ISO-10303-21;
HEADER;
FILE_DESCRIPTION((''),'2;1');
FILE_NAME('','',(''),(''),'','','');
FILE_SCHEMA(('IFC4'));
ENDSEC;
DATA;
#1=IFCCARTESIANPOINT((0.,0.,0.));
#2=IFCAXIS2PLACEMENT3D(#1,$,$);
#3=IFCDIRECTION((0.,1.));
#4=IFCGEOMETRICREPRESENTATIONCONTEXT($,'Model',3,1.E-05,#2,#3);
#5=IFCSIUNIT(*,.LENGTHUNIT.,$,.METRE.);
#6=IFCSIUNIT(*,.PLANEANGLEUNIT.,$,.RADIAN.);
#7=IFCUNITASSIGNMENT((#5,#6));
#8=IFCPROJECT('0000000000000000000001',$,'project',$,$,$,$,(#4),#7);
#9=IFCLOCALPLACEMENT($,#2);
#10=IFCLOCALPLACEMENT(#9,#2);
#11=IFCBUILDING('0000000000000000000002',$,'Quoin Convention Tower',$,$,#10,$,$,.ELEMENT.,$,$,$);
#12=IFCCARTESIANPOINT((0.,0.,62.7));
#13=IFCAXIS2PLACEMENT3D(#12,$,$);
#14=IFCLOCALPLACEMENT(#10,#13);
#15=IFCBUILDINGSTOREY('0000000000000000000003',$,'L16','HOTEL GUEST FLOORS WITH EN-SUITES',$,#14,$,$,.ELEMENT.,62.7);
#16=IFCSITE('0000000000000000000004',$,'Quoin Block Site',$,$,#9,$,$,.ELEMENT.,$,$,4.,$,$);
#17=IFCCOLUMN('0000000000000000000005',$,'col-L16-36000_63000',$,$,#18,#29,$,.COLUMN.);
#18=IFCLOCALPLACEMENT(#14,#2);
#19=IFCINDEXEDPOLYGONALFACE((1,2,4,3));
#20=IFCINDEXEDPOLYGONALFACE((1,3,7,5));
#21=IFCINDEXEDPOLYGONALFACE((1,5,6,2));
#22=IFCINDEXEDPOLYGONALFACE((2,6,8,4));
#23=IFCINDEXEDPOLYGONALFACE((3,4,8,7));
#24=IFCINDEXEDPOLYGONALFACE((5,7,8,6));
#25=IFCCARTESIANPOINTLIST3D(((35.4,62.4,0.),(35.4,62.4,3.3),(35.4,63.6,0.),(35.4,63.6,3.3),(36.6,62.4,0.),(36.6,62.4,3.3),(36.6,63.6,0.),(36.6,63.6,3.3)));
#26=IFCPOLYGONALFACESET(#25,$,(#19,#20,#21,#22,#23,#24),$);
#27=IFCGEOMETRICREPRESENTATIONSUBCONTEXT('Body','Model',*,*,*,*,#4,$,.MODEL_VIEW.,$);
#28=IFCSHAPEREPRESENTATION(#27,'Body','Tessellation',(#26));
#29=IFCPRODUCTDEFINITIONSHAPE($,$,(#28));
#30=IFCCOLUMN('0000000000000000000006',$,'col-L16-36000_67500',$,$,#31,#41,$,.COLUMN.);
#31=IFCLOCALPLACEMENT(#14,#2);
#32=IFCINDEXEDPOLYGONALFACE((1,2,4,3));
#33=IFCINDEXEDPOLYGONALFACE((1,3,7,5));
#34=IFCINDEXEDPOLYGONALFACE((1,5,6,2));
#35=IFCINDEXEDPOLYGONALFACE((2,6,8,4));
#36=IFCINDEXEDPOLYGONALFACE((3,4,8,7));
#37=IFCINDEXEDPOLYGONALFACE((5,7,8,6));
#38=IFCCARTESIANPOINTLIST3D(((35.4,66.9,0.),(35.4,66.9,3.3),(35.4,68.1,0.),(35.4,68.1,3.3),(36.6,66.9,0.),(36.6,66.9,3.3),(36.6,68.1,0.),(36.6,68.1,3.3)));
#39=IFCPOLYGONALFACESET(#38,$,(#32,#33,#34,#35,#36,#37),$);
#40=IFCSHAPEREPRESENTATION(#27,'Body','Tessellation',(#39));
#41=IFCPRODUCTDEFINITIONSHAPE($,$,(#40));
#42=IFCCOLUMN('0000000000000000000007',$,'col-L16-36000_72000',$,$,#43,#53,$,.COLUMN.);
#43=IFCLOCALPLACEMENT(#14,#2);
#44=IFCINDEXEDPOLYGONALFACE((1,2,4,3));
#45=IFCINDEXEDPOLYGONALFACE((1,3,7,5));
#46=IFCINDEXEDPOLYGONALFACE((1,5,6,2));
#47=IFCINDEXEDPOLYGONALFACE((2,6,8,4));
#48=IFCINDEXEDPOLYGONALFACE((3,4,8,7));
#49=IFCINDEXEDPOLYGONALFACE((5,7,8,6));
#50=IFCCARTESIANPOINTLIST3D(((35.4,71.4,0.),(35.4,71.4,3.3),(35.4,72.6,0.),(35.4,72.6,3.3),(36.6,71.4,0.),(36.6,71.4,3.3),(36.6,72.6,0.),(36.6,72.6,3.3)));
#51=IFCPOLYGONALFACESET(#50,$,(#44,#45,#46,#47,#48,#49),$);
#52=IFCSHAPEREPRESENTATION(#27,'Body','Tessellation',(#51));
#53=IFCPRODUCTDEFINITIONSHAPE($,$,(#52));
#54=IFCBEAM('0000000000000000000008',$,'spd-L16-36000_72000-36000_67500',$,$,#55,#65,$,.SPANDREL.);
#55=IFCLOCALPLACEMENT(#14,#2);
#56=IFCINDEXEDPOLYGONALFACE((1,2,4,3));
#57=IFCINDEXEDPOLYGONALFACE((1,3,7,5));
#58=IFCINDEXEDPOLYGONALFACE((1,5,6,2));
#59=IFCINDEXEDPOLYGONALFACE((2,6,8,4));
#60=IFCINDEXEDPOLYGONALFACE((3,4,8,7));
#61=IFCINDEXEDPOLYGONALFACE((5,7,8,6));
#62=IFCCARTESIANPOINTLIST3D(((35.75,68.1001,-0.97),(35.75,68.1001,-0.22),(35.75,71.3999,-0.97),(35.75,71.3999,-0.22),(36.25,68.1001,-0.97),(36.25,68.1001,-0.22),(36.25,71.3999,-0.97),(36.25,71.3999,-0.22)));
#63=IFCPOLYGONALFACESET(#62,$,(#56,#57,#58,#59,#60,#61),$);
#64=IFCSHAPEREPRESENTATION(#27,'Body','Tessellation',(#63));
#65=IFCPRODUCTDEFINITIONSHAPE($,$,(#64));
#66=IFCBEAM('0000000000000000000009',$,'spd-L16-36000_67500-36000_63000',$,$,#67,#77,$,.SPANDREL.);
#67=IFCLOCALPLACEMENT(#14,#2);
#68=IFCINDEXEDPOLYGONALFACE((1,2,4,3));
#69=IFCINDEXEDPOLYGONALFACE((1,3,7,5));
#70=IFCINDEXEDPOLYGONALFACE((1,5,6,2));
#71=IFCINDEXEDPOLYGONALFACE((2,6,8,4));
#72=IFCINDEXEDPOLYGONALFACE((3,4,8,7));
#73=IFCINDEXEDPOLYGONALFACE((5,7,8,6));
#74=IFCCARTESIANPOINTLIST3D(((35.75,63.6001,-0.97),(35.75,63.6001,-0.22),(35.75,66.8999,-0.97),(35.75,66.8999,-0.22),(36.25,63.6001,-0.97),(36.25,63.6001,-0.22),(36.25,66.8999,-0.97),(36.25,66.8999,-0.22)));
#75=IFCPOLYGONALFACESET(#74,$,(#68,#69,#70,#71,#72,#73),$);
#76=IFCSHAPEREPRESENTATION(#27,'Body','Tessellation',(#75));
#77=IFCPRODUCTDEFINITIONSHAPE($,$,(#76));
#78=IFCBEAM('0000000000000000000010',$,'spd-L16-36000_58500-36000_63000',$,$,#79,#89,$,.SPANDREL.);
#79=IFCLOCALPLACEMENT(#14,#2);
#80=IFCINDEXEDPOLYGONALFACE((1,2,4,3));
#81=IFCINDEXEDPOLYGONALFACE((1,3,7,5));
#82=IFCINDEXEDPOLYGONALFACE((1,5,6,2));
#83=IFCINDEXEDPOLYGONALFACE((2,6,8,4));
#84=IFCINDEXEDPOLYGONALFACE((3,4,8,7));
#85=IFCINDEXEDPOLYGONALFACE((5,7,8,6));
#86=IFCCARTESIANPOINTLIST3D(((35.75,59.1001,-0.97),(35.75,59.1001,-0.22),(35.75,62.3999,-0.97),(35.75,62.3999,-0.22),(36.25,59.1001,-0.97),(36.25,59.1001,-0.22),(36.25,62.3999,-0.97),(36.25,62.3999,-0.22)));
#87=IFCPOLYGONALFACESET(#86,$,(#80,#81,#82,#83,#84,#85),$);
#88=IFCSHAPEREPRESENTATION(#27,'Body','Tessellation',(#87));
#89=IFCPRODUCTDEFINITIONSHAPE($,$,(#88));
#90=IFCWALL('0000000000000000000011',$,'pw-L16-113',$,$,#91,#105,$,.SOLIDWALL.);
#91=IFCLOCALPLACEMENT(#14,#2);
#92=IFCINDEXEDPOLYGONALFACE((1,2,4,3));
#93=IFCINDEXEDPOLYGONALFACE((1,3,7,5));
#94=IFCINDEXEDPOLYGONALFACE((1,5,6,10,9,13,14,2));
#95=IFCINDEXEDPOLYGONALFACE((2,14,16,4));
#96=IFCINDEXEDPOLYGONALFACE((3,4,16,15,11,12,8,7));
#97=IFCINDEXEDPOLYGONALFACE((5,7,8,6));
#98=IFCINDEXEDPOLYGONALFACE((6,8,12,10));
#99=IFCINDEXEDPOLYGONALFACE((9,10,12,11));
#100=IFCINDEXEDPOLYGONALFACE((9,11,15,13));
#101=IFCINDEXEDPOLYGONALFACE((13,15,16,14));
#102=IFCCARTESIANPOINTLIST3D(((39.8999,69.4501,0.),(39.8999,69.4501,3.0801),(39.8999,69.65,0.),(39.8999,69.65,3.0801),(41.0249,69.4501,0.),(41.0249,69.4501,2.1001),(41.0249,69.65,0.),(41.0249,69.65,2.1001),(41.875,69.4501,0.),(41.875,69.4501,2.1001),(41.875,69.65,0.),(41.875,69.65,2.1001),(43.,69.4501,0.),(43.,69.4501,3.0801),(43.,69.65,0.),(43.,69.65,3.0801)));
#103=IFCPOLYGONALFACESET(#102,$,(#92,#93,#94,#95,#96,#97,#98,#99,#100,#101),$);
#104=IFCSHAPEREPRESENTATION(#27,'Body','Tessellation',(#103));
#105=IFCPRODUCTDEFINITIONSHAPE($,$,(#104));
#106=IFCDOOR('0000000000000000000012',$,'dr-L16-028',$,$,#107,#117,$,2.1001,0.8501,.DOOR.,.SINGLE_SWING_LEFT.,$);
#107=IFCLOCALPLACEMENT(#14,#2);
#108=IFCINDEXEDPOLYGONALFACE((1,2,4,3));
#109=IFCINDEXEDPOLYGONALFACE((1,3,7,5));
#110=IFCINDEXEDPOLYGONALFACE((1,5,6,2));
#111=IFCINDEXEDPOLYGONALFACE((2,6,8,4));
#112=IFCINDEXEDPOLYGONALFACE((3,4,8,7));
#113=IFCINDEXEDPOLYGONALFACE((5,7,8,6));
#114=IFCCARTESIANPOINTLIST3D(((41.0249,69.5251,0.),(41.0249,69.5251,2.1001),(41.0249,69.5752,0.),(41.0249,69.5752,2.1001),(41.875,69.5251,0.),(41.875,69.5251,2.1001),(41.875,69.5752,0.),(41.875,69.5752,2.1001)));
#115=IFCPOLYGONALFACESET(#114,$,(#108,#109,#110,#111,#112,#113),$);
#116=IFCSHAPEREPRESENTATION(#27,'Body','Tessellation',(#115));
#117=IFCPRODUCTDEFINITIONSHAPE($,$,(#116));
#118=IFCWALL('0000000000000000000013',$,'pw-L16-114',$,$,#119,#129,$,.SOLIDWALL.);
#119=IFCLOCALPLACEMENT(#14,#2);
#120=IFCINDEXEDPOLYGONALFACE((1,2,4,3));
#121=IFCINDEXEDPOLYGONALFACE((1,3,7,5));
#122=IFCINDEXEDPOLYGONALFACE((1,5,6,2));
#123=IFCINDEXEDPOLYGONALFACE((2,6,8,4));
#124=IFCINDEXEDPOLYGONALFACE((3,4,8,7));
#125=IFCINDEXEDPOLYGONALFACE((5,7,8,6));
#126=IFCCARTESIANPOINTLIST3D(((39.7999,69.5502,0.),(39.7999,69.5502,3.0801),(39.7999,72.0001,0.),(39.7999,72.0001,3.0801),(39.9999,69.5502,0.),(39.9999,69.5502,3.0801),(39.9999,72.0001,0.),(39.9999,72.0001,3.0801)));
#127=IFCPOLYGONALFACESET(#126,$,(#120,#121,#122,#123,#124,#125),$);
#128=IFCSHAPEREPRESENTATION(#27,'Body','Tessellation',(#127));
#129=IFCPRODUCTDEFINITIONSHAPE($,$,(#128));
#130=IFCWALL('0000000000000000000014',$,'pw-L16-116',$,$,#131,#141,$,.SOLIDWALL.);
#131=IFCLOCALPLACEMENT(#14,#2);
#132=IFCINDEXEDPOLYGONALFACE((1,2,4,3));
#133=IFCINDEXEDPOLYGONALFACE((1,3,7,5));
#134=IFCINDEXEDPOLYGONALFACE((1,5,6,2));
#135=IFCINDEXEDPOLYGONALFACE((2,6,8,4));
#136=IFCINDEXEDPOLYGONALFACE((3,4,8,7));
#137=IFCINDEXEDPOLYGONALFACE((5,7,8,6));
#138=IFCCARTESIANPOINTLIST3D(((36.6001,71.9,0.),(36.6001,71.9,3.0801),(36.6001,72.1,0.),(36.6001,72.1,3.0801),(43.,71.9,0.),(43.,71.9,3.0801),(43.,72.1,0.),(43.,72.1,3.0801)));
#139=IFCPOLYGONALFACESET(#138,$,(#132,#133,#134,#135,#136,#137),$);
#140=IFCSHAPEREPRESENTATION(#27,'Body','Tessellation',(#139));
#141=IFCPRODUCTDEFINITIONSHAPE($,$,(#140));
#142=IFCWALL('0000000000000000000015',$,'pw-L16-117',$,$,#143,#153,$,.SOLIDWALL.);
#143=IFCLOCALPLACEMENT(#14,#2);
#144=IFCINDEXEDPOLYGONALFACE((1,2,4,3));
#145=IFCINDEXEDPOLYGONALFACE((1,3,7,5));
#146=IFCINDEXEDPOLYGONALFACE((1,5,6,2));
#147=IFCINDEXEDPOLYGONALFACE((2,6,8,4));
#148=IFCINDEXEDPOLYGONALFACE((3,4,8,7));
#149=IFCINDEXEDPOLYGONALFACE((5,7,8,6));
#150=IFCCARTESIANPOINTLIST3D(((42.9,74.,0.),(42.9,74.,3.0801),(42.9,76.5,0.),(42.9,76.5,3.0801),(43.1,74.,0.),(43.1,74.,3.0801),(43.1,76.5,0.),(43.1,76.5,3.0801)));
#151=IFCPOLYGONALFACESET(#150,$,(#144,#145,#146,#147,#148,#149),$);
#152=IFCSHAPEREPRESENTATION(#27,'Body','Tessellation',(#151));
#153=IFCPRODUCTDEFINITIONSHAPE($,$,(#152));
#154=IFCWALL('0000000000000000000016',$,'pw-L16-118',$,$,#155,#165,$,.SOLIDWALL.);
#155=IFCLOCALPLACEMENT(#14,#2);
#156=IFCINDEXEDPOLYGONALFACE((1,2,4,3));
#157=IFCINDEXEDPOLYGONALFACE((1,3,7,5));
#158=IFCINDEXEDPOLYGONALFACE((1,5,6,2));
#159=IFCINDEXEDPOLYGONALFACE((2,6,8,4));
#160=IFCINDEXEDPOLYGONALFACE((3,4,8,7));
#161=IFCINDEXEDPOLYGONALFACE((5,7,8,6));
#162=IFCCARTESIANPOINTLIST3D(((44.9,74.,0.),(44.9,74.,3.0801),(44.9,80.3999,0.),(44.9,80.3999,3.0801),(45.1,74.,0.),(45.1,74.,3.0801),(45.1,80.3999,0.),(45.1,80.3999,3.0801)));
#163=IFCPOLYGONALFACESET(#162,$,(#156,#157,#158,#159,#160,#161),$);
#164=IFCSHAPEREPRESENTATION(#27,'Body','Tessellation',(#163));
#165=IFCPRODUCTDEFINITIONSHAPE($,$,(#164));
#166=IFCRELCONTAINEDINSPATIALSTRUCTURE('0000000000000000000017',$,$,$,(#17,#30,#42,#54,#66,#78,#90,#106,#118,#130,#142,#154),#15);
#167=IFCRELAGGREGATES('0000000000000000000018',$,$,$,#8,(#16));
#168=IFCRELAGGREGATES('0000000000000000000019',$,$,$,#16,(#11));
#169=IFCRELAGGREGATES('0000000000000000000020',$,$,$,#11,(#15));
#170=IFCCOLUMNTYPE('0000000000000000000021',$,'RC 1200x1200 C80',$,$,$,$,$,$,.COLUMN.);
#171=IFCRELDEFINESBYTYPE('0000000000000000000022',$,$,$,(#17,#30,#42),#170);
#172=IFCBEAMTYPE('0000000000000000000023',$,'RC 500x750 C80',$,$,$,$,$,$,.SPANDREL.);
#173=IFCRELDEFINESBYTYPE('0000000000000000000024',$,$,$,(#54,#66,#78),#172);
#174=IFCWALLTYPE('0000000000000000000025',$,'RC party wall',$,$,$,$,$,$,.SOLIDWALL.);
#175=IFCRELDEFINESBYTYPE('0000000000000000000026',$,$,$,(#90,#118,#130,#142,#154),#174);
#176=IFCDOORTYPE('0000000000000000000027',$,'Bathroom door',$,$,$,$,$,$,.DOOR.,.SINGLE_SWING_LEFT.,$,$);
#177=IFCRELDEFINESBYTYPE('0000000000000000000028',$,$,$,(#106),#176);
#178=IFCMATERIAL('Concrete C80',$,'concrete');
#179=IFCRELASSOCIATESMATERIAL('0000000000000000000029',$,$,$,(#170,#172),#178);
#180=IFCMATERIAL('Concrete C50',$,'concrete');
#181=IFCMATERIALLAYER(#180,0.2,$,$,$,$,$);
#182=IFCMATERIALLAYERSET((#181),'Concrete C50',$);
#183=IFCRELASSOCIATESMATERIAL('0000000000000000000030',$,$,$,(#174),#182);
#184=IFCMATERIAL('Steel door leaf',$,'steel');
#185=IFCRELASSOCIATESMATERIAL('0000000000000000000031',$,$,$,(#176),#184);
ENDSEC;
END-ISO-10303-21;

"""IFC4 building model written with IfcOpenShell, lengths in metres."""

from ifc_helpers import new_model, si_unit, direction, frame, frame_2d, origin, origin_2d, place, context, subcontext, project, spatial, rectangle, extrude, material, layer, layer_set, material_profile, profile_set, type_object, element, fill, save


model = new_model("IFC4")

# Units and contexts
model_context = context("Model", 3, precision=1e-05, world=origin(), true_north=direction((0.0, 1.0)))
body_context = subcontext(model_context, "Body", "Model", "MODEL_VIEW")
ifc_project = project(units=[si_unit("LENGTHUNIT", "METRE"), si_unit("PLANEANGLEUNIT", "RADIAN")], contexts=[model_context])

# Site, building, storey
site_placement = place(None, origin())
site = spatial("IfcSite", under=ifc_project, at=site_placement, Name="Quoin Block Site", CompositionType="ELEMENT", RefElevation=4.0)
building_placement = place(site_placement, origin())
building = spatial("IfcBuilding", under=site, at=building_placement, Name="Quoin Convention Tower", CompositionType="ELEMENT")
storey_placement = place(building_placement, frame((0.0, 0.0, 62.7)))
storey = spatial("IfcBuildingStorey", under=building, at=storey_placement, Name="L16", Description="HOTEL GUEST FLOORS WITH EN-SUITES", CompositionType="ELEMENT", Elevation=62.7)

# Columns
ifc_material_1 = material(Name="Concrete C80", Category="concrete")
ifc_material_profile_1 = material_profile(ifc_material_1, rectangle(XDim=1.2, YDim=1.2, at=origin_2d()), Name="RC 1200x1200")
ifc_profile_set_1 = profile_set([ifc_material_profile_1], Name="Concrete C80")
column_type = type_object("IfcColumnType", Name="RC 1200x1200 C80", PredefinedType="COLUMN", material=ifc_profile_set_1)
for number, where, z_axis, x_axis, name in (
    (1, (36.0, 63.0, 0.0), (0.0, 0.0, 1.0), (1.0, 0.0, 0.0), "col-L16-36000_63000"),
    (2, (36.0, 67.5, 0.0), (0.0, 0.0, 1.0), (1.0, 0.0, 0.0), "col-L16-36000_67500"),
    (3, (36.0, 72.0, 0.0), (0.0, 0.0, 1.0), (1.0, 0.0, 0.0), "col-L16-36000_72000"),
):
    element("IfcColumn", number, at=place(storey_placement, frame(where, z_axis=z_axis, x_axis=x_axis)), inside=storey, type_object=column_type, Name=name, PredefinedType="COLUMN", context=body_context, shape_type="SweptSolid", body=[
        extrude(rectangle(XDim=1.2, YDim=1.2, at=origin_2d()), origin(), (0.0, 0.0, 1.0), 3.3),
    ])

# Beams
ifc_material_profile_2 = material_profile(ifc_material_1, rectangle(XDim=0.5, YDim=0.75, at=origin_2d()), Name="RC 500x750")
ifc_profile_set_2 = profile_set([ifc_material_profile_2], Name="Concrete C80")
beam_type = type_object("IfcBeamType", Name="RC 500x750 C80", PredefinedType="SPANDREL", material=ifc_profile_set_2)
for number, where, z_axis, x_axis, name in (
    (4, (36.0, 71.3999, -0.595), (0.0, -1.0, 0.0), (1.0, 0.0, 0.0), "spd-L16-36000_72000-36000_67500"),
    (5, (36.0, 66.8999, -0.595), (0.0, -1.0, 0.0), (1.0, 0.0, 0.0), "spd-L16-36000_67500-36000_63000"),
    (6, (36.0, 59.1001, -0.595), (0.0, 1.0, 0.0), (-1.0, 0.0, 0.0), "spd-L16-36000_58500-36000_63000"),
):
    element("IfcBeam", number, at=place(storey_placement, frame(where, z_axis=z_axis, x_axis=x_axis)), inside=storey, type_object=beam_type, Name=name, PredefinedType="SPANDREL", context=body_context, shape_type="SweptSolid", body=[
        extrude(rectangle(XDim=0.5, YDim=0.75, at=origin_2d()), origin(), (0.0, 0.0, 1.0), 3.2998),
    ])

# Wall, opening, door
ifc_material_2 = material(Name="Concrete C50", Category="concrete")
ifc_layer_1 = layer(ifc_material_2, 0.2)
ifc_layer_set_1 = layer_set([ifc_layer_1], Name="Concrete C50")
wall_type_1 = type_object("IfcWallType", Name="RC party wall", PredefinedType="SOLIDWALL", material=ifc_layer_set_1)
wall_1_placement = place(storey_placement, frame((39.8999, 69.55, 0.0), z_axis=(0.0, 0.0, 1.0), x_axis=(1.0, 0.0, 0.0)))
wall_1 = element("IfcWall", 7, at=wall_1_placement, inside=storey, type_object=wall_type_1, Name="pw-L16-113", PredefinedType="SOLIDWALL", context=body_context, shape_type="SweptSolid", body=[
    extrude(rectangle(XDim=3.1001, YDim=0.2, at=frame_2d((1.55, 0.0))), origin(), (0.0, 0.0, 1.0), 3.0801),
])
opening_1_placement = place(wall_1_placement, frame((1.125, 0.0, 0.0)))
opening_1 = element("IfcOpeningElement", 8, at=opening_1_placement, cuts=wall_1, PredefinedType="OPENING", context=body_context, shape_type="SweptSolid", body=[
    extrude(rectangle(XDim=0.8501, YDim=2.1001, at=frame_2d((0.425, 1.05))), frame((0.0, 0.1099, 0.0), z_axis=(0.0, -1.0, 0.0), x_axis=(1.0, 0.0, 0.0)), (0.0, 0.0, 1.0), 0.22),
])
ifc_material_3 = material(Name="Steel door leaf", Category="steel")
door_type_1 = type_object("IfcDoorType", Name="Bathroom door", OperationType="SINGLE_SWING_LEFT", PredefinedType="DOOR", material=ifc_material_3)
door_1_placement = place(opening_1_placement, frame((0.8501, 0.0, 0.0), z_axis=(0.0, 0.0, 1.0), x_axis=(-1.0, 0.0, 0.0)))
door_1 = element("IfcDoor", 9, at=door_1_placement, inside=storey, type_object=door_type_1, Name="dr-L16-028", OperationType="SINGLE_SWING_LEFT", OverallHeight=2.1001, OverallWidth=0.8501, PredefinedType="DOOR", context=body_context, shape_type="SweptSolid", body=[
    extrude(rectangle(XDim=0.8501, YDim=2.1001, at=frame_2d((0.425, 1.05))), frame((0.0, 0.0249, 0.0), z_axis=(0.0, -1.0, 0.0), x_axis=(1.0, 0.0, 0.0)), (0.0, 0.0, 1.0), 0.05),
])
fill(opening_1, door_1)

# Walls
wall_2_placement = place(storey_placement, frame((39.8999, 69.55, 0.0), z_axis=(0.0, 0.0, 1.0), x_axis=(0.0, 1.0, 0.0)))
element("IfcWall", 10, at=wall_2_placement, inside=storey, type_object=wall_type_1, Name="pw-L16-114", PredefinedType="SOLIDWALL", context=body_context, shape_type="SweptSolid", body=[
    extrude(rectangle(XDim=2.45, YDim=0.2, at=frame_2d((1.2251, 0.0))), origin(), (0.0, 0.0, 1.0), 3.0801),
])
wall_3_placement = place(storey_placement, frame((36.6001, 72.0, 0.0), z_axis=(0.0, 0.0, 1.0), x_axis=(1.0, 0.0, 0.0)))
element("IfcWall", 11, at=wall_3_placement, inside=storey, type_object=wall_type_1, Name="pw-L16-116", PredefinedType="SOLIDWALL", context=body_context, shape_type="SweptSolid", body=[
    extrude(rectangle(XDim=6.3999, YDim=0.2, at=frame_2d((3.2, 0.0))), origin(), (0.0, 0.0, 1.0), 3.0801),
])
wall_4_placement = place(storey_placement, frame((43.0, 74.0, 0.0), z_axis=(0.0, 0.0, 1.0), x_axis=(0.0, 1.0, 0.0)))
element("IfcWall", 12, at=wall_4_placement, inside=storey, type_object=wall_type_1, Name="pw-L16-117", PredefinedType="SOLIDWALL", context=body_context, shape_type="SweptSolid", body=[
    extrude(rectangle(XDim=2.5, YDim=0.2, at=frame_2d((1.25, 0.0))), origin(), (0.0, 0.0, 1.0), 3.0801),
])
wall_5_placement = place(storey_placement, frame((45.0, 74.0, 0.0), z_axis=(0.0, 0.0, 1.0), x_axis=(0.0, 1.0, 0.0)))
element("IfcWall", 13, at=wall_5_placement, inside=storey, type_object=wall_type_1, Name="pw-L16-118", PredefinedType="SOLIDWALL", context=body_context, shape_type="SweptSolid", body=[
    extrude(rectangle(XDim=6.3999, YDim=0.2, at=frame_2d((3.2, 0.0))), origin(), (0.0, 0.0, 1.0), 3.0801),
])

save(model, "model.ifc")
